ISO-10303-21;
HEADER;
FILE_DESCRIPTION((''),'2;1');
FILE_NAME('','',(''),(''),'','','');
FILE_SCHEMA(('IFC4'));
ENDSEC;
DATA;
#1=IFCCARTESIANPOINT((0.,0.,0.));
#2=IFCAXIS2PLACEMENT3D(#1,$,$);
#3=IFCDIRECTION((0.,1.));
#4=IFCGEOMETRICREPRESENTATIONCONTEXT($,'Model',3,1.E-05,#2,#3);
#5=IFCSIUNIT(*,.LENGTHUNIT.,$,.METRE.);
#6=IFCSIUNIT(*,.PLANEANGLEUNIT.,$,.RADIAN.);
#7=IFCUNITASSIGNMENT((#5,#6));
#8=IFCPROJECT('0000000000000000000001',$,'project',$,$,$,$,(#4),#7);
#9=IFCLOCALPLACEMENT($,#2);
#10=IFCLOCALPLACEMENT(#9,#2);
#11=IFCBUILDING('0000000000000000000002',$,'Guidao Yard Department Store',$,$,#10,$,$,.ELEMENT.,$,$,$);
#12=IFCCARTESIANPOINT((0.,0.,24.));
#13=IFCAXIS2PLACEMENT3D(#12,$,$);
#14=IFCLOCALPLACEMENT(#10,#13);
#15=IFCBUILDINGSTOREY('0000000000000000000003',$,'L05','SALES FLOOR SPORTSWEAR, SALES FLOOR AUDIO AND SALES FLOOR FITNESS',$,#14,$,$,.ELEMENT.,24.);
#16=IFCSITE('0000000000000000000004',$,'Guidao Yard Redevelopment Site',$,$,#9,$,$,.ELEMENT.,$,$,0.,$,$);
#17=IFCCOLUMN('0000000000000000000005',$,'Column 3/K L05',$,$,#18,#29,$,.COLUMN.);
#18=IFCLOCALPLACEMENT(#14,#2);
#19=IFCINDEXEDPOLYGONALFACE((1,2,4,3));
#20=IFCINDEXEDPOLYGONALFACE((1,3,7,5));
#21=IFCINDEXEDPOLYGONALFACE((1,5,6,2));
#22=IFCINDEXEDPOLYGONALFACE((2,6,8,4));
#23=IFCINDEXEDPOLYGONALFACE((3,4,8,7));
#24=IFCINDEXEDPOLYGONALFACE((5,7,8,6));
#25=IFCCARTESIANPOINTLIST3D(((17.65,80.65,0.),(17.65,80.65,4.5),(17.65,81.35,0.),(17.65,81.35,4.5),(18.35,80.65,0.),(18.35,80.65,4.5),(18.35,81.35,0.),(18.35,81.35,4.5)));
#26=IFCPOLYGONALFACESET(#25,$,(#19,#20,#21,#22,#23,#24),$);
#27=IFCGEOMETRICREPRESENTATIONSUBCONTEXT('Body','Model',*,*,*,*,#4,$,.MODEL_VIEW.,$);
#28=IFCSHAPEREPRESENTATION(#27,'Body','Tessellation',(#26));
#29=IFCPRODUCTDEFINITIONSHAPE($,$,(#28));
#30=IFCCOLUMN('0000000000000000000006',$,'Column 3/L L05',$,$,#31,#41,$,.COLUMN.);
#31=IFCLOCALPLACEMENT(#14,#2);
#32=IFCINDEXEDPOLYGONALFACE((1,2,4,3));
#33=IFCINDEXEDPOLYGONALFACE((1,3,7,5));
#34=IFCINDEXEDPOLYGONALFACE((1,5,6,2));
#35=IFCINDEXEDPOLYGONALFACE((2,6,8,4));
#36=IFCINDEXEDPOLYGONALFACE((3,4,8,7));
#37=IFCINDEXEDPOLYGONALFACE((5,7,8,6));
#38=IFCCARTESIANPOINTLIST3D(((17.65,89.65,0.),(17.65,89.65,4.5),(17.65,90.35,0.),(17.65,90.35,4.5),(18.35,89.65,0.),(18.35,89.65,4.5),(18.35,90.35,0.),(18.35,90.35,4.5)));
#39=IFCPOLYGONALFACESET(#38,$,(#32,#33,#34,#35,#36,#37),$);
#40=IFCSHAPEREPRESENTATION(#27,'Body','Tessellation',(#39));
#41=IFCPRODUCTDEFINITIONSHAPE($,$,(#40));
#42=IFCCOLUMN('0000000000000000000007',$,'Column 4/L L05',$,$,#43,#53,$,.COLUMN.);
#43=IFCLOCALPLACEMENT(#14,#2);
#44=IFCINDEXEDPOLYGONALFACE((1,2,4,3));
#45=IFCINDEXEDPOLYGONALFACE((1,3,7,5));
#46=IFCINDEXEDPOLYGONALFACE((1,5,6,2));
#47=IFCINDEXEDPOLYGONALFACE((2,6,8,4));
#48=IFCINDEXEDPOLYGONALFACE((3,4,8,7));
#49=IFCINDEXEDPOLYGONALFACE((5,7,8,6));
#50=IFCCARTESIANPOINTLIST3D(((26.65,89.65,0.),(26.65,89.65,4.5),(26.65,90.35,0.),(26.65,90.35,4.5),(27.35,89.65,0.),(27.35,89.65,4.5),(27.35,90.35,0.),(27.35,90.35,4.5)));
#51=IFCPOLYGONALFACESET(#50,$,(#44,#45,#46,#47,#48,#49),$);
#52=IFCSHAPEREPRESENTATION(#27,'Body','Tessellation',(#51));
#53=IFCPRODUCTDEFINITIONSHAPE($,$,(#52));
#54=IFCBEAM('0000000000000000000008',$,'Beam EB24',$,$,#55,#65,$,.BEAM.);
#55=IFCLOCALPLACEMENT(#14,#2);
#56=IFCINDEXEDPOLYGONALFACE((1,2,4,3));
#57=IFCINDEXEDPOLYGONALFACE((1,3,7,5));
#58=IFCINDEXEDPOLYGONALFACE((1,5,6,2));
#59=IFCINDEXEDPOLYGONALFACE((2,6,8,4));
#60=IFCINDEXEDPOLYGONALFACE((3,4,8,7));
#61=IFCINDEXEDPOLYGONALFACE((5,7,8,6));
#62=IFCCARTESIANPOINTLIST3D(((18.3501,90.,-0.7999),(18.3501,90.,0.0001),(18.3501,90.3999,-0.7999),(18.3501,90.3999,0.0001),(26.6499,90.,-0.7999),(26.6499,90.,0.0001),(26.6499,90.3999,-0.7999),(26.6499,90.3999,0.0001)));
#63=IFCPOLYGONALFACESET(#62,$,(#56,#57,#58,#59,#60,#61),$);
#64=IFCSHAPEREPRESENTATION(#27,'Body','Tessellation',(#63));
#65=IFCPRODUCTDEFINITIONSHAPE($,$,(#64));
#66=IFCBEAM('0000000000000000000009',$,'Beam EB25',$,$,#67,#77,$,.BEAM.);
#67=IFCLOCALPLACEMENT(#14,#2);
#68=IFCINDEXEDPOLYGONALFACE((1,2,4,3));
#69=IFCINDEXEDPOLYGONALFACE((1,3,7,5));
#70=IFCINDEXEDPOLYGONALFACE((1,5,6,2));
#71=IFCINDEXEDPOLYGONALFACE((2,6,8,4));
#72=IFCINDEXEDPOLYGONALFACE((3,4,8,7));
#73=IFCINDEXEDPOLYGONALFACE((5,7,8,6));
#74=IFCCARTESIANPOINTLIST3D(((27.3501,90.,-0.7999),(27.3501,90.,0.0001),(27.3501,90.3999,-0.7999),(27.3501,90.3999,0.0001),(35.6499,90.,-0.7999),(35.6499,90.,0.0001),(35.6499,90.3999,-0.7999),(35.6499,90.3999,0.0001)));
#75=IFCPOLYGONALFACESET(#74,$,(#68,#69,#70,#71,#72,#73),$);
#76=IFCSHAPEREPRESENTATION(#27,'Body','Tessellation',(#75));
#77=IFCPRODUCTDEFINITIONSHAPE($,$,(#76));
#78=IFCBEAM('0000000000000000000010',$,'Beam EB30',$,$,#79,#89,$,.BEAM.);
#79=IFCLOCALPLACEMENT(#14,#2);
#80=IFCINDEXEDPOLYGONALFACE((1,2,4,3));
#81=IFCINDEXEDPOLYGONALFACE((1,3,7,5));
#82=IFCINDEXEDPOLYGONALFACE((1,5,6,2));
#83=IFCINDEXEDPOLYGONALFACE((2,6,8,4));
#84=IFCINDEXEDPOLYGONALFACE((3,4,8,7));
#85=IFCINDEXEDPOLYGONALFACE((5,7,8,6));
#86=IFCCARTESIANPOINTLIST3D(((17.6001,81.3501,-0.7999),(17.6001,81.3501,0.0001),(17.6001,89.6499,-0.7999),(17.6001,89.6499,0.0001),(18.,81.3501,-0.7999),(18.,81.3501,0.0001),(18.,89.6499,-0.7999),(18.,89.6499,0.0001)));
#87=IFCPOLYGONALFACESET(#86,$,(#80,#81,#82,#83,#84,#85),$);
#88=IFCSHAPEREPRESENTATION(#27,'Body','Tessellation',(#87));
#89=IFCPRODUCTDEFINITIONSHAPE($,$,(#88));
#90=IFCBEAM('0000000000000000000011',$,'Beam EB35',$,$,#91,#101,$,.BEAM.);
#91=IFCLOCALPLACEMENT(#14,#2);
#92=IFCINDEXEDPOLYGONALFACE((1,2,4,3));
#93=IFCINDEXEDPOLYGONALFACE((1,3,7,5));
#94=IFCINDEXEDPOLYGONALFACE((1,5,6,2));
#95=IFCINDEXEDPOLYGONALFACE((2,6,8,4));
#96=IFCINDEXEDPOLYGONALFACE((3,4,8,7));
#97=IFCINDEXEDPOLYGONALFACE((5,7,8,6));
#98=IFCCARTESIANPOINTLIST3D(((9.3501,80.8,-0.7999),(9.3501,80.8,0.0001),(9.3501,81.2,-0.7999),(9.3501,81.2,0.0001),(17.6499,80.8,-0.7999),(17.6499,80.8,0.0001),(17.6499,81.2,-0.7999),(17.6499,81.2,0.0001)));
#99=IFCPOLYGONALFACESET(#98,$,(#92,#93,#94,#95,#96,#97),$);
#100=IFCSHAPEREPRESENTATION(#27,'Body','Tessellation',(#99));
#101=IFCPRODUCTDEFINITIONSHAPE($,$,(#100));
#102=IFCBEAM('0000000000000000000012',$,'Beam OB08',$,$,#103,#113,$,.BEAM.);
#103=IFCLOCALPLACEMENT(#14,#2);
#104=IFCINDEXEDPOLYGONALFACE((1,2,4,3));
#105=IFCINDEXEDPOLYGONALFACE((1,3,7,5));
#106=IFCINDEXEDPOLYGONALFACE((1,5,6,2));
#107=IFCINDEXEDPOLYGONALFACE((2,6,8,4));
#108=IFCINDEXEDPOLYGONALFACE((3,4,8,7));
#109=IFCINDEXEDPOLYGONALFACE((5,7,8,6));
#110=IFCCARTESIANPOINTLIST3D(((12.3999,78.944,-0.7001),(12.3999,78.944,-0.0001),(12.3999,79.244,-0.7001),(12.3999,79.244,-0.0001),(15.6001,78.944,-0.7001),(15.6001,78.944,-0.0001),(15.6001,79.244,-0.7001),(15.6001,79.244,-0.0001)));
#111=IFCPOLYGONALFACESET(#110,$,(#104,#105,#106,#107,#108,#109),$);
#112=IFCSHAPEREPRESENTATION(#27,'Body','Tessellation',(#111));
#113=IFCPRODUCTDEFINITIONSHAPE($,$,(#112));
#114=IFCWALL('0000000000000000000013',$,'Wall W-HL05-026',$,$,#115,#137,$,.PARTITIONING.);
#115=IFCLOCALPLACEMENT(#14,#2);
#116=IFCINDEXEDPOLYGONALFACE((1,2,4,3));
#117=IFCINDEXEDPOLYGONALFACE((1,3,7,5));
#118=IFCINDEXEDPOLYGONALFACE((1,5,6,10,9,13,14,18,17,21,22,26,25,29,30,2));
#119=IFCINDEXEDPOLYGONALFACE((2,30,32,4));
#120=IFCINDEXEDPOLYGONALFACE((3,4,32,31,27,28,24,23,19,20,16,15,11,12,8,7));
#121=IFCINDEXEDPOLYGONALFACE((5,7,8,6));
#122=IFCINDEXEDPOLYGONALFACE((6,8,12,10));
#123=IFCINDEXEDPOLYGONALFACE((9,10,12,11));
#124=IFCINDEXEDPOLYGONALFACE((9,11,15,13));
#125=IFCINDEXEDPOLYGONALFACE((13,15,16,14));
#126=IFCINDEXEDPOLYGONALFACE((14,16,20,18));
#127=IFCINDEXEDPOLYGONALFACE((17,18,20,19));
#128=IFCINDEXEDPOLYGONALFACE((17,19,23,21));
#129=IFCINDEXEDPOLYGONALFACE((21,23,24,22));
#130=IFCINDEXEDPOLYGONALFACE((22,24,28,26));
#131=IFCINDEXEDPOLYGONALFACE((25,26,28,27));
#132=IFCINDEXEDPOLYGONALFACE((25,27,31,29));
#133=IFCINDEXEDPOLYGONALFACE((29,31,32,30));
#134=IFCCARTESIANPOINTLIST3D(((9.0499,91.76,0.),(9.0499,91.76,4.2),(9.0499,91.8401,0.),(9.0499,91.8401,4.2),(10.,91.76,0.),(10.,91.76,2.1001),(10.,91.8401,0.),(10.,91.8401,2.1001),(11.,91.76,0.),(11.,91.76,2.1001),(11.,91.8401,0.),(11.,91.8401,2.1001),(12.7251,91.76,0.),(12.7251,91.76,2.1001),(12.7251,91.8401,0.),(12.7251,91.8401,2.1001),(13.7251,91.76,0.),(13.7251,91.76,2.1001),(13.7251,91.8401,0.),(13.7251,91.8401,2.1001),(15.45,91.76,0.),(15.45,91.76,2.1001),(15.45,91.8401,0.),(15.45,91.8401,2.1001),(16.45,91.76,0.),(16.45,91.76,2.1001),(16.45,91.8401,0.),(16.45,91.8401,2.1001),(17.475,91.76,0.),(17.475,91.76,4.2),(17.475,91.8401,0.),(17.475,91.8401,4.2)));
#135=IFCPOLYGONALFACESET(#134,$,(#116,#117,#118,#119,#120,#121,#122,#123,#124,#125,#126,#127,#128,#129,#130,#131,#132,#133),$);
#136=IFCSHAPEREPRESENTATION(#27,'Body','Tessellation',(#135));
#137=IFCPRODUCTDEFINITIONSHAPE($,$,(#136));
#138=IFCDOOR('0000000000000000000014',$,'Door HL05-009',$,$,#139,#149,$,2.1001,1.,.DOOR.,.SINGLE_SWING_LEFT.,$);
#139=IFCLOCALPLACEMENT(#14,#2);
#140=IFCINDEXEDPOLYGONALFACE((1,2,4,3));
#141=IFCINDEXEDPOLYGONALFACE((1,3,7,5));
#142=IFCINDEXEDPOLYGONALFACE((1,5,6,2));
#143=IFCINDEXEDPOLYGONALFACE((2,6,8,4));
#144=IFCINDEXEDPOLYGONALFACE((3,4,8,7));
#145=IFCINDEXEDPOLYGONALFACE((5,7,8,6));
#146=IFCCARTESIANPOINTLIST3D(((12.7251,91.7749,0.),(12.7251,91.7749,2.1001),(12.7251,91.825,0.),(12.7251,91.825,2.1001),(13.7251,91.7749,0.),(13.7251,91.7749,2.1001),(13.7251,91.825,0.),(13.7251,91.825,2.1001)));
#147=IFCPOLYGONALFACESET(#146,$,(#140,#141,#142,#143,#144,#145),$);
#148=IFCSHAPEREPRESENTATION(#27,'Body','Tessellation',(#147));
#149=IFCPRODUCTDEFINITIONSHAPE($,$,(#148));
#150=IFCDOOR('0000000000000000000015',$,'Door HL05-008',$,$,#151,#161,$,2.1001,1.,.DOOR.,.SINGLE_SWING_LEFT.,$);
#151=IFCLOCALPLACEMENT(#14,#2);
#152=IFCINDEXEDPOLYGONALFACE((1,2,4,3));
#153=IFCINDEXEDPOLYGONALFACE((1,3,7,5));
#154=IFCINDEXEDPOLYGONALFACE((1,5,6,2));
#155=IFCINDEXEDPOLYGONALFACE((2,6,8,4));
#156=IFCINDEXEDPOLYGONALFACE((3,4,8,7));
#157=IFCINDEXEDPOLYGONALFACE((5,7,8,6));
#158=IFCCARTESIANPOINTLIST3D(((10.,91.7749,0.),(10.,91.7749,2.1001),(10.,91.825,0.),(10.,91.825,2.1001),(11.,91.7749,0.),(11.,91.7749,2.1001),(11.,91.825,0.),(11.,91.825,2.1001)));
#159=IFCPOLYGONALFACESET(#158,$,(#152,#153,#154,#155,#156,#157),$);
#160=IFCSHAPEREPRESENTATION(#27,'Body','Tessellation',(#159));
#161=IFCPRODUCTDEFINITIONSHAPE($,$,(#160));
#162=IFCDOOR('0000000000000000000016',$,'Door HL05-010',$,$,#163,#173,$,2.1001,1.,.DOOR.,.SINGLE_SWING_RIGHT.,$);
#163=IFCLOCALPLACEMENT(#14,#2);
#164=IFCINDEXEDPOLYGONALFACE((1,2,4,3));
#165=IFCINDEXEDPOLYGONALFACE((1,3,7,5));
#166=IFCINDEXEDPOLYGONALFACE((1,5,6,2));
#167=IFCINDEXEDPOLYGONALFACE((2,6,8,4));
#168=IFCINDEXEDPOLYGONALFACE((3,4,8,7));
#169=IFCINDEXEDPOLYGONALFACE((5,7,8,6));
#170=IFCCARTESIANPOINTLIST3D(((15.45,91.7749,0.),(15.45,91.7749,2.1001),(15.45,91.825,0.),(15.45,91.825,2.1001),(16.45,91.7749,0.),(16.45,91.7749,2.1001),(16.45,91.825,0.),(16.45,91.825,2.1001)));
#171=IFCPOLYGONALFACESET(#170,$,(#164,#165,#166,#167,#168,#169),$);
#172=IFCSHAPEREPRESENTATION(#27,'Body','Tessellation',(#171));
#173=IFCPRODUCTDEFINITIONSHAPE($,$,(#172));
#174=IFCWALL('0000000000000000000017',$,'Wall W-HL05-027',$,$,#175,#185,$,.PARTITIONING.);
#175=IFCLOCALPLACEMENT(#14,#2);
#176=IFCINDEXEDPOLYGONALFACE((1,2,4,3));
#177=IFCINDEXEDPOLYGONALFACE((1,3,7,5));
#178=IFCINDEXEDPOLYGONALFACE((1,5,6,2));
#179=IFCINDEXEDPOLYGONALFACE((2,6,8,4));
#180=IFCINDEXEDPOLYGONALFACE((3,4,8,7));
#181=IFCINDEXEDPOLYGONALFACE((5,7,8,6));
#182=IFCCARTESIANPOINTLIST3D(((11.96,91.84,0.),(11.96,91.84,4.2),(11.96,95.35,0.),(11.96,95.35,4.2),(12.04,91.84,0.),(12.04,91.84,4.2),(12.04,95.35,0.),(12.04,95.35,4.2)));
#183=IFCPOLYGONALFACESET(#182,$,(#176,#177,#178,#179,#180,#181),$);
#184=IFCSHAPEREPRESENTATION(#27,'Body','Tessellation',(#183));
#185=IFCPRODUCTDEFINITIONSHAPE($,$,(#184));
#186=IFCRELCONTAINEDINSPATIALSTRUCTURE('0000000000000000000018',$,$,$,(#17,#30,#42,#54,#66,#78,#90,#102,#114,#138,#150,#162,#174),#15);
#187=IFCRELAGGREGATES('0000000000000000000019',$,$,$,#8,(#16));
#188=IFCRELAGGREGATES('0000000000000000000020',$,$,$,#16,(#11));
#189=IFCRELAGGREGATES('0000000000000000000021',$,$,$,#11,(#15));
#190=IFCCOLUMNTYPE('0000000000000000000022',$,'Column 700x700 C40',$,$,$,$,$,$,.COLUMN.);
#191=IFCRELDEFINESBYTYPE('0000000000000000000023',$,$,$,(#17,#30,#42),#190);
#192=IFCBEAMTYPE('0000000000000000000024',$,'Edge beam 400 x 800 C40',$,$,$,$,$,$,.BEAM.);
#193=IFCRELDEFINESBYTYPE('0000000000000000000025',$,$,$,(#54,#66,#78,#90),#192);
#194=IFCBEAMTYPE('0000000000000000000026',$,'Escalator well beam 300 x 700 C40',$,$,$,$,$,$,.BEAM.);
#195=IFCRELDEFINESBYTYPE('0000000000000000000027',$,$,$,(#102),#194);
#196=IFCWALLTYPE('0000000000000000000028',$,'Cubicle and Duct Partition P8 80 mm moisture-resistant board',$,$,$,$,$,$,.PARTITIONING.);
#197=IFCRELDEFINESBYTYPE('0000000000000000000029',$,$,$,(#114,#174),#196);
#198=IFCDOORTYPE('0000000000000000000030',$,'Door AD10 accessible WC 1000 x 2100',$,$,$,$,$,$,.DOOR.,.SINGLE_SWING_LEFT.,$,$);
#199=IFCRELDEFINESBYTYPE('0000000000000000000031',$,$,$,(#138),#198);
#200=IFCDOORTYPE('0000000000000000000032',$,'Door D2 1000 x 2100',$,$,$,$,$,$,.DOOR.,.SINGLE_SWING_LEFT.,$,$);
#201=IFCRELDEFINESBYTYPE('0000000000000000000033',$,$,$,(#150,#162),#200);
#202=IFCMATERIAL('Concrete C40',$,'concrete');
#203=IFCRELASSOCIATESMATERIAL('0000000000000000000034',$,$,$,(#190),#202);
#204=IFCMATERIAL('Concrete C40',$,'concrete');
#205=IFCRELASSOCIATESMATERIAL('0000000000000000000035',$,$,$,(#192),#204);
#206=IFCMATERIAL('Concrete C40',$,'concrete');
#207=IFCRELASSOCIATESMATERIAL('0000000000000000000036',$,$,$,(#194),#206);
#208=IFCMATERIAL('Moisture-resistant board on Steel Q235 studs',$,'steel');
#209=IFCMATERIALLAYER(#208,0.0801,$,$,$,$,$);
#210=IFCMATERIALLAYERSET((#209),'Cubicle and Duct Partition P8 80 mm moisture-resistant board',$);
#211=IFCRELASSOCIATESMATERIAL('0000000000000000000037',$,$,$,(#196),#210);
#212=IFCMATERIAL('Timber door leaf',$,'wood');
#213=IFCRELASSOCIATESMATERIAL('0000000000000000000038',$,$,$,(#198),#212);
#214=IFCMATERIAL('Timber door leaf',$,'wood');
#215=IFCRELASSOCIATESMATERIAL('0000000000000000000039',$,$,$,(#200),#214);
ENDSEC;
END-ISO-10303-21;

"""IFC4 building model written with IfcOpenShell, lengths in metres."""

from ifc_helpers import new_model, si_unit, direction, frame, frame_2d, origin, origin_2d, place, context, subcontext, project, spatial, rectangle, extrude, material, layer, layer_set, material_profile, profile_set, type_object, element, fill, save


model = new_model("IFC4")

# Units and contexts
model_context = context("Model", 3, precision=1e-05, world=origin(), true_north=direction((0.0, 1.0)))
body_context = subcontext(model_context, "Body", "Model", "MODEL_VIEW")
ifc_project = project(units=[si_unit("LENGTHUNIT", "METRE"), si_unit("PLANEANGLEUNIT", "RADIAN")], contexts=[model_context])

# Site, building, storey
site_placement = place(None, origin())
site = spatial("IfcSite", under=ifc_project, at=site_placement, Name="Guidao Yard Redevelopment Site", CompositionType="ELEMENT", RefElevation=0.0)
building_placement = place(site_placement, origin())
building = spatial("IfcBuilding", under=site, at=building_placement, Name="Guidao Yard Department Store", CompositionType="ELEMENT")
storey_placement = place(building_placement, frame((0.0, 0.0, 24.0)))
storey = spatial("IfcBuildingStorey", under=building, at=storey_placement, Name="L05", Description="SALES FLOOR SPORTSWEAR, SALES FLOOR AUDIO AND SALES FLOOR FITNESS", CompositionType="ELEMENT", Elevation=24.0)

# Columns
ifc_material_1 = material(Name="Concrete C40", Category="concrete")
ifc_material_profile_1 = material_profile(ifc_material_1, rectangle(XDim=0.7, YDim=0.7, at=origin_2d()), Name="COL 700x700")
ifc_profile_set_1 = profile_set([ifc_material_profile_1], Name="Concrete C40")
column_type = type_object("IfcColumnType", Name="Column 700x700 C40", PredefinedType="COLUMN", material=ifc_profile_set_1)
for number, where, z_axis, x_axis, name in (
    (1, (18.0, 81.0, 0.0), (0.0, 0.0, 1.0), (1.0, 0.0, 0.0), "Column 3/K L05"),
    (2, (18.0, 90.0, 0.0), (0.0, 0.0, 1.0), (1.0, 0.0, 0.0), "Column 3/L L05"),
    (3, (27.0, 90.0, 0.0), (0.0, 0.0, 1.0), (1.0, 0.0, 0.0), "Column 4/L L05"),
):
    element("IfcColumn", number, at=place(storey_placement, frame(where, z_axis=z_axis, x_axis=x_axis)), inside=storey, type_object=column_type, Name=name, PredefinedType="COLUMN", context=body_context, shape_type="SweptSolid", body=[
        extrude(rectangle(XDim=0.7, YDim=0.7, at=origin_2d()), origin(), (0.0, 0.0, 1.0), 4.5),
    ])

# Beams
ifc_material_2 = material(Name="Concrete C40", Category="concrete")
ifc_material_profile_2 = material_profile(ifc_material_2, rectangle(XDim=0.3999, YDim=0.8, at=origin_2d()), Name="Edge beam 400 x 800 C40")
ifc_profile_set_2 = profile_set([ifc_material_profile_2], Name="Concrete C40")
beam_type_1 = type_object("IfcBeamType", Name="Edge beam 400 x 800 C40", PredefinedType="BEAM", material=ifc_profile_set_2)
for number, where, z_axis, x_axis, name in (
    (4, (18.3501, 90.2, -0.3999), (1.0, 0.0, 0.0), (0.0, 1.0, 0.0), "Beam EB24"),
    (5, (27.3501, 90.2, -0.3999), (1.0, 0.0, 0.0), (0.0, 1.0, 0.0), "Beam EB25"),
    (6, (17.8, 81.3501, -0.3999), (0.0, 1.0, 0.0), (-1.0, 0.0, 0.0), "Beam EB30"),
    (7, (9.3501, 81.0, -0.3999), (1.0, 0.0, 0.0), (0.0, 1.0, 0.0), "Beam EB35"),
):
    element("IfcBeam", number, at=place(storey_placement, frame(where, z_axis=z_axis, x_axis=x_axis)), inside=storey, type_object=beam_type_1, Name=name, PredefinedType="BEAM", context=body_context, shape_type="SweptSolid", body=[
        extrude(rectangle(XDim=0.3999, YDim=0.8, at=origin_2d()), origin(), (0.0, 0.0, 1.0), 8.2998),
    ])
ifc_material_3 = material(Name="Concrete C40", Category="concrete")
ifc_material_profile_3 = material_profile(ifc_material_3, rectangle(XDim=0.3, YDim=0.7, at=origin_2d()), Name="Escalator well beam 300 x 700 C40")
ifc_profile_set_3 = profile_set([ifc_material_profile_3], Name="Concrete C40")
beam_type_2 = type_object("IfcBeamType", Name="Escalator well beam 300 x 700 C40", PredefinedType="BEAM", material=ifc_profile_set_3)
beam_placement = place(storey_placement, frame((12.3999, 79.094, -0.3501), z_axis=(1.0, 0.0, 0.0), x_axis=(0.0, 1.0, 0.0)))
element("IfcBeam", 8, at=beam_placement, inside=storey, type_object=beam_type_2, Name="Beam OB08", PredefinedType="BEAM", context=body_context, shape_type="SweptSolid", body=[
    extrude(rectangle(XDim=0.3, YDim=0.7, at=origin_2d()), origin(), (0.0, 0.0, 1.0), 3.2002),
])

# Wall, openings, doors
ifc_material_4 = material(Name="Moisture-resistant board on Steel Q235 studs", Category="steel")
ifc_layer_1 = layer(ifc_material_4, 0.0801)
ifc_layer_set_1 = layer_set([ifc_layer_1], Name="Cubicle and Duct Partition P8 80 mm moisture-resistant board")
wall_type_1 = type_object("IfcWallType", Name="Cubicle and Duct Partition P8 80 mm moisture-resistant board", PredefinedType="PARTITIONING", material=ifc_layer_set_1)
wall_1_placement = place(storey_placement, frame((9.05, 91.8, 0.0), z_axis=(0.0, 0.0, 1.0), x_axis=(1.0, 0.0, 0.0)))
wall_1 = element("IfcWall", 9, at=wall_1_placement, inside=storey, type_object=wall_type_1, Name="Wall W-HL05-026", PredefinedType="PARTITIONING", context=body_context, shape_type="SweptSolid", body=[
    extrude(rectangle(XDim=8.425, YDim=0.0801, at=frame_2d((4.2124, 0.0))), origin(), (0.0, 0.0, 1.0), 4.2),
])
opening_1_placement = place(wall_1_placement, frame((0.95, 0.0, 0.0)))
opening_1 = element("IfcOpeningElement", 10, at=opening_1_placement, cuts=wall_1, PredefinedType="OPENING", context=body_context, shape_type="SweptSolid", body=[
    extrude(rectangle(XDim=1.0, YDim=2.1001, at=frame_2d((0.5, 1.05))), frame((0.0, 0.05, 0.0), z_axis=(0.0, -1.0, 0.0), x_axis=(1.0, 0.0, 0.0)), (0.0, 0.0, 1.0), 0.1001),
])
opening_2_placement = place(wall_1_placement, frame((3.675, 0.0, 0.0)))
opening_2 = element("IfcOpeningElement", 11, at=opening_2_placement, cuts=wall_1, PredefinedType="OPENING", context=body_context, shape_type="SweptSolid", body=[
    extrude(rectangle(XDim=1.0, YDim=2.1001, at=frame_2d((0.5, 1.05))), frame((0.0, 0.05, 0.0), z_axis=(0.0, -1.0, 0.0), x_axis=(1.0, 0.0, 0.0)), (0.0, 0.0, 1.0), 0.1001),
])
opening_3_placement = place(wall_1_placement, frame((6.3999, 0.0, 0.0)))
opening_3 = element("IfcOpeningElement", 12, at=opening_3_placement, cuts=wall_1, PredefinedType="OPENING", context=body_context, shape_type="SweptSolid", body=[
    extrude(rectangle(XDim=1.0, YDim=2.1001, at=frame_2d((0.5, 1.05))), frame((0.0, 0.05, 0.0), z_axis=(0.0, -1.0, 0.0), x_axis=(1.0, 0.0, 0.0)), (0.0, 0.0, 1.0), 0.1001),
])
ifc_material_5 = material(Name="Timber door leaf", Category="wood")
door_type_1 = type_object("IfcDoorType", Name="Door AD10 accessible WC 1000 x 2100", OperationType="SINGLE_SWING_LEFT", PredefinedType="DOOR", material=ifc_material_5)
door_1_placement = place(opening_2_placement, origin())
door_1 = element("IfcDoor", 13, at=door_1_placement, inside=storey, type_object=door_type_1, Name="Door HL05-009", OperationType="SINGLE_SWING_LEFT", OverallHeight=2.1001, OverallWidth=1.0, PredefinedType="DOOR", context=body_context, shape_type="SweptSolid", body=[
    extrude(rectangle(XDim=1.0, YDim=2.1001, at=frame_2d((0.5, 1.05))), frame((0.0, 0.0249, 0.0), z_axis=(0.0, -1.0, 0.0), x_axis=(1.0, 0.0, 0.0)), (0.0, 0.0, 1.0), 0.05),
])
fill(opening_2, door_1)
ifc_material_6 = material(Name="Timber door leaf", Category="wood")
door_type_2 = type_object("IfcDoorType", Name="Door D2 1000 x 2100", OperationType="SINGLE_SWING_LEFT", PredefinedType="DOOR", material=ifc_material_6)
door_2_placement = place(opening_1_placement, origin())
door_2 = element("IfcDoor", 14, at=door_2_placement, inside=storey, type_object=door_type_2, Name="Door HL05-008", OperationType="SINGLE_SWING_LEFT", OverallHeight=2.1001, OverallWidth=1.0, PredefinedType="DOOR", context=body_context, shape_type="SweptSolid", body=[
    extrude(rectangle(XDim=1.0, YDim=2.1001, at=frame_2d((0.5, 1.05))), frame((0.0, 0.0249, 0.0), z_axis=(0.0, -1.0, 0.0), x_axis=(1.0, 0.0, 0.0)), (0.0, 0.0, 1.0), 0.05),
])
fill(opening_1, door_2)
door_3_placement = place(opening_3_placement, origin())
door_3 = element("IfcDoor", 15, at=door_3_placement, inside=storey, type_object=door_type_2, Name="Door HL05-010", OperationType="SINGLE_SWING_RIGHT", OverallHeight=2.1001, OverallWidth=1.0, PredefinedType="DOOR", context=body_context, shape_type="SweptSolid", body=[
    extrude(rectangle(XDim=1.0, YDim=2.1001, at=frame_2d((0.5, 1.05))), frame((0.0, 0.0249, 0.0), z_axis=(0.0, -1.0, 0.0), x_axis=(1.0, 0.0, 0.0)), (0.0, 0.0, 1.0), 0.05),
])
fill(opening_3, door_3)

# Wall
for number, where, z_axis, x_axis, name in (
    (16, (12.0, 91.8401, 0.0), (0.0, 0.0, 1.0), (0.0, 1.0, 0.0), "Wall W-HL05-027"),
):
    element("IfcWall", number, at=place(storey_placement, frame(where, z_axis=z_axis, x_axis=x_axis)), inside=storey, type_object=wall_type_1, Name=name, PredefinedType="PARTITIONING", context=body_context, shape_type="SweptSolid", body=[
        extrude(rectangle(XDim=3.51, YDim=0.0801, at=frame_2d((1.7549, 0.0))), origin(), (0.0, 0.0, 1.0), 4.2),
    ])

save(model, "model.ifc")
